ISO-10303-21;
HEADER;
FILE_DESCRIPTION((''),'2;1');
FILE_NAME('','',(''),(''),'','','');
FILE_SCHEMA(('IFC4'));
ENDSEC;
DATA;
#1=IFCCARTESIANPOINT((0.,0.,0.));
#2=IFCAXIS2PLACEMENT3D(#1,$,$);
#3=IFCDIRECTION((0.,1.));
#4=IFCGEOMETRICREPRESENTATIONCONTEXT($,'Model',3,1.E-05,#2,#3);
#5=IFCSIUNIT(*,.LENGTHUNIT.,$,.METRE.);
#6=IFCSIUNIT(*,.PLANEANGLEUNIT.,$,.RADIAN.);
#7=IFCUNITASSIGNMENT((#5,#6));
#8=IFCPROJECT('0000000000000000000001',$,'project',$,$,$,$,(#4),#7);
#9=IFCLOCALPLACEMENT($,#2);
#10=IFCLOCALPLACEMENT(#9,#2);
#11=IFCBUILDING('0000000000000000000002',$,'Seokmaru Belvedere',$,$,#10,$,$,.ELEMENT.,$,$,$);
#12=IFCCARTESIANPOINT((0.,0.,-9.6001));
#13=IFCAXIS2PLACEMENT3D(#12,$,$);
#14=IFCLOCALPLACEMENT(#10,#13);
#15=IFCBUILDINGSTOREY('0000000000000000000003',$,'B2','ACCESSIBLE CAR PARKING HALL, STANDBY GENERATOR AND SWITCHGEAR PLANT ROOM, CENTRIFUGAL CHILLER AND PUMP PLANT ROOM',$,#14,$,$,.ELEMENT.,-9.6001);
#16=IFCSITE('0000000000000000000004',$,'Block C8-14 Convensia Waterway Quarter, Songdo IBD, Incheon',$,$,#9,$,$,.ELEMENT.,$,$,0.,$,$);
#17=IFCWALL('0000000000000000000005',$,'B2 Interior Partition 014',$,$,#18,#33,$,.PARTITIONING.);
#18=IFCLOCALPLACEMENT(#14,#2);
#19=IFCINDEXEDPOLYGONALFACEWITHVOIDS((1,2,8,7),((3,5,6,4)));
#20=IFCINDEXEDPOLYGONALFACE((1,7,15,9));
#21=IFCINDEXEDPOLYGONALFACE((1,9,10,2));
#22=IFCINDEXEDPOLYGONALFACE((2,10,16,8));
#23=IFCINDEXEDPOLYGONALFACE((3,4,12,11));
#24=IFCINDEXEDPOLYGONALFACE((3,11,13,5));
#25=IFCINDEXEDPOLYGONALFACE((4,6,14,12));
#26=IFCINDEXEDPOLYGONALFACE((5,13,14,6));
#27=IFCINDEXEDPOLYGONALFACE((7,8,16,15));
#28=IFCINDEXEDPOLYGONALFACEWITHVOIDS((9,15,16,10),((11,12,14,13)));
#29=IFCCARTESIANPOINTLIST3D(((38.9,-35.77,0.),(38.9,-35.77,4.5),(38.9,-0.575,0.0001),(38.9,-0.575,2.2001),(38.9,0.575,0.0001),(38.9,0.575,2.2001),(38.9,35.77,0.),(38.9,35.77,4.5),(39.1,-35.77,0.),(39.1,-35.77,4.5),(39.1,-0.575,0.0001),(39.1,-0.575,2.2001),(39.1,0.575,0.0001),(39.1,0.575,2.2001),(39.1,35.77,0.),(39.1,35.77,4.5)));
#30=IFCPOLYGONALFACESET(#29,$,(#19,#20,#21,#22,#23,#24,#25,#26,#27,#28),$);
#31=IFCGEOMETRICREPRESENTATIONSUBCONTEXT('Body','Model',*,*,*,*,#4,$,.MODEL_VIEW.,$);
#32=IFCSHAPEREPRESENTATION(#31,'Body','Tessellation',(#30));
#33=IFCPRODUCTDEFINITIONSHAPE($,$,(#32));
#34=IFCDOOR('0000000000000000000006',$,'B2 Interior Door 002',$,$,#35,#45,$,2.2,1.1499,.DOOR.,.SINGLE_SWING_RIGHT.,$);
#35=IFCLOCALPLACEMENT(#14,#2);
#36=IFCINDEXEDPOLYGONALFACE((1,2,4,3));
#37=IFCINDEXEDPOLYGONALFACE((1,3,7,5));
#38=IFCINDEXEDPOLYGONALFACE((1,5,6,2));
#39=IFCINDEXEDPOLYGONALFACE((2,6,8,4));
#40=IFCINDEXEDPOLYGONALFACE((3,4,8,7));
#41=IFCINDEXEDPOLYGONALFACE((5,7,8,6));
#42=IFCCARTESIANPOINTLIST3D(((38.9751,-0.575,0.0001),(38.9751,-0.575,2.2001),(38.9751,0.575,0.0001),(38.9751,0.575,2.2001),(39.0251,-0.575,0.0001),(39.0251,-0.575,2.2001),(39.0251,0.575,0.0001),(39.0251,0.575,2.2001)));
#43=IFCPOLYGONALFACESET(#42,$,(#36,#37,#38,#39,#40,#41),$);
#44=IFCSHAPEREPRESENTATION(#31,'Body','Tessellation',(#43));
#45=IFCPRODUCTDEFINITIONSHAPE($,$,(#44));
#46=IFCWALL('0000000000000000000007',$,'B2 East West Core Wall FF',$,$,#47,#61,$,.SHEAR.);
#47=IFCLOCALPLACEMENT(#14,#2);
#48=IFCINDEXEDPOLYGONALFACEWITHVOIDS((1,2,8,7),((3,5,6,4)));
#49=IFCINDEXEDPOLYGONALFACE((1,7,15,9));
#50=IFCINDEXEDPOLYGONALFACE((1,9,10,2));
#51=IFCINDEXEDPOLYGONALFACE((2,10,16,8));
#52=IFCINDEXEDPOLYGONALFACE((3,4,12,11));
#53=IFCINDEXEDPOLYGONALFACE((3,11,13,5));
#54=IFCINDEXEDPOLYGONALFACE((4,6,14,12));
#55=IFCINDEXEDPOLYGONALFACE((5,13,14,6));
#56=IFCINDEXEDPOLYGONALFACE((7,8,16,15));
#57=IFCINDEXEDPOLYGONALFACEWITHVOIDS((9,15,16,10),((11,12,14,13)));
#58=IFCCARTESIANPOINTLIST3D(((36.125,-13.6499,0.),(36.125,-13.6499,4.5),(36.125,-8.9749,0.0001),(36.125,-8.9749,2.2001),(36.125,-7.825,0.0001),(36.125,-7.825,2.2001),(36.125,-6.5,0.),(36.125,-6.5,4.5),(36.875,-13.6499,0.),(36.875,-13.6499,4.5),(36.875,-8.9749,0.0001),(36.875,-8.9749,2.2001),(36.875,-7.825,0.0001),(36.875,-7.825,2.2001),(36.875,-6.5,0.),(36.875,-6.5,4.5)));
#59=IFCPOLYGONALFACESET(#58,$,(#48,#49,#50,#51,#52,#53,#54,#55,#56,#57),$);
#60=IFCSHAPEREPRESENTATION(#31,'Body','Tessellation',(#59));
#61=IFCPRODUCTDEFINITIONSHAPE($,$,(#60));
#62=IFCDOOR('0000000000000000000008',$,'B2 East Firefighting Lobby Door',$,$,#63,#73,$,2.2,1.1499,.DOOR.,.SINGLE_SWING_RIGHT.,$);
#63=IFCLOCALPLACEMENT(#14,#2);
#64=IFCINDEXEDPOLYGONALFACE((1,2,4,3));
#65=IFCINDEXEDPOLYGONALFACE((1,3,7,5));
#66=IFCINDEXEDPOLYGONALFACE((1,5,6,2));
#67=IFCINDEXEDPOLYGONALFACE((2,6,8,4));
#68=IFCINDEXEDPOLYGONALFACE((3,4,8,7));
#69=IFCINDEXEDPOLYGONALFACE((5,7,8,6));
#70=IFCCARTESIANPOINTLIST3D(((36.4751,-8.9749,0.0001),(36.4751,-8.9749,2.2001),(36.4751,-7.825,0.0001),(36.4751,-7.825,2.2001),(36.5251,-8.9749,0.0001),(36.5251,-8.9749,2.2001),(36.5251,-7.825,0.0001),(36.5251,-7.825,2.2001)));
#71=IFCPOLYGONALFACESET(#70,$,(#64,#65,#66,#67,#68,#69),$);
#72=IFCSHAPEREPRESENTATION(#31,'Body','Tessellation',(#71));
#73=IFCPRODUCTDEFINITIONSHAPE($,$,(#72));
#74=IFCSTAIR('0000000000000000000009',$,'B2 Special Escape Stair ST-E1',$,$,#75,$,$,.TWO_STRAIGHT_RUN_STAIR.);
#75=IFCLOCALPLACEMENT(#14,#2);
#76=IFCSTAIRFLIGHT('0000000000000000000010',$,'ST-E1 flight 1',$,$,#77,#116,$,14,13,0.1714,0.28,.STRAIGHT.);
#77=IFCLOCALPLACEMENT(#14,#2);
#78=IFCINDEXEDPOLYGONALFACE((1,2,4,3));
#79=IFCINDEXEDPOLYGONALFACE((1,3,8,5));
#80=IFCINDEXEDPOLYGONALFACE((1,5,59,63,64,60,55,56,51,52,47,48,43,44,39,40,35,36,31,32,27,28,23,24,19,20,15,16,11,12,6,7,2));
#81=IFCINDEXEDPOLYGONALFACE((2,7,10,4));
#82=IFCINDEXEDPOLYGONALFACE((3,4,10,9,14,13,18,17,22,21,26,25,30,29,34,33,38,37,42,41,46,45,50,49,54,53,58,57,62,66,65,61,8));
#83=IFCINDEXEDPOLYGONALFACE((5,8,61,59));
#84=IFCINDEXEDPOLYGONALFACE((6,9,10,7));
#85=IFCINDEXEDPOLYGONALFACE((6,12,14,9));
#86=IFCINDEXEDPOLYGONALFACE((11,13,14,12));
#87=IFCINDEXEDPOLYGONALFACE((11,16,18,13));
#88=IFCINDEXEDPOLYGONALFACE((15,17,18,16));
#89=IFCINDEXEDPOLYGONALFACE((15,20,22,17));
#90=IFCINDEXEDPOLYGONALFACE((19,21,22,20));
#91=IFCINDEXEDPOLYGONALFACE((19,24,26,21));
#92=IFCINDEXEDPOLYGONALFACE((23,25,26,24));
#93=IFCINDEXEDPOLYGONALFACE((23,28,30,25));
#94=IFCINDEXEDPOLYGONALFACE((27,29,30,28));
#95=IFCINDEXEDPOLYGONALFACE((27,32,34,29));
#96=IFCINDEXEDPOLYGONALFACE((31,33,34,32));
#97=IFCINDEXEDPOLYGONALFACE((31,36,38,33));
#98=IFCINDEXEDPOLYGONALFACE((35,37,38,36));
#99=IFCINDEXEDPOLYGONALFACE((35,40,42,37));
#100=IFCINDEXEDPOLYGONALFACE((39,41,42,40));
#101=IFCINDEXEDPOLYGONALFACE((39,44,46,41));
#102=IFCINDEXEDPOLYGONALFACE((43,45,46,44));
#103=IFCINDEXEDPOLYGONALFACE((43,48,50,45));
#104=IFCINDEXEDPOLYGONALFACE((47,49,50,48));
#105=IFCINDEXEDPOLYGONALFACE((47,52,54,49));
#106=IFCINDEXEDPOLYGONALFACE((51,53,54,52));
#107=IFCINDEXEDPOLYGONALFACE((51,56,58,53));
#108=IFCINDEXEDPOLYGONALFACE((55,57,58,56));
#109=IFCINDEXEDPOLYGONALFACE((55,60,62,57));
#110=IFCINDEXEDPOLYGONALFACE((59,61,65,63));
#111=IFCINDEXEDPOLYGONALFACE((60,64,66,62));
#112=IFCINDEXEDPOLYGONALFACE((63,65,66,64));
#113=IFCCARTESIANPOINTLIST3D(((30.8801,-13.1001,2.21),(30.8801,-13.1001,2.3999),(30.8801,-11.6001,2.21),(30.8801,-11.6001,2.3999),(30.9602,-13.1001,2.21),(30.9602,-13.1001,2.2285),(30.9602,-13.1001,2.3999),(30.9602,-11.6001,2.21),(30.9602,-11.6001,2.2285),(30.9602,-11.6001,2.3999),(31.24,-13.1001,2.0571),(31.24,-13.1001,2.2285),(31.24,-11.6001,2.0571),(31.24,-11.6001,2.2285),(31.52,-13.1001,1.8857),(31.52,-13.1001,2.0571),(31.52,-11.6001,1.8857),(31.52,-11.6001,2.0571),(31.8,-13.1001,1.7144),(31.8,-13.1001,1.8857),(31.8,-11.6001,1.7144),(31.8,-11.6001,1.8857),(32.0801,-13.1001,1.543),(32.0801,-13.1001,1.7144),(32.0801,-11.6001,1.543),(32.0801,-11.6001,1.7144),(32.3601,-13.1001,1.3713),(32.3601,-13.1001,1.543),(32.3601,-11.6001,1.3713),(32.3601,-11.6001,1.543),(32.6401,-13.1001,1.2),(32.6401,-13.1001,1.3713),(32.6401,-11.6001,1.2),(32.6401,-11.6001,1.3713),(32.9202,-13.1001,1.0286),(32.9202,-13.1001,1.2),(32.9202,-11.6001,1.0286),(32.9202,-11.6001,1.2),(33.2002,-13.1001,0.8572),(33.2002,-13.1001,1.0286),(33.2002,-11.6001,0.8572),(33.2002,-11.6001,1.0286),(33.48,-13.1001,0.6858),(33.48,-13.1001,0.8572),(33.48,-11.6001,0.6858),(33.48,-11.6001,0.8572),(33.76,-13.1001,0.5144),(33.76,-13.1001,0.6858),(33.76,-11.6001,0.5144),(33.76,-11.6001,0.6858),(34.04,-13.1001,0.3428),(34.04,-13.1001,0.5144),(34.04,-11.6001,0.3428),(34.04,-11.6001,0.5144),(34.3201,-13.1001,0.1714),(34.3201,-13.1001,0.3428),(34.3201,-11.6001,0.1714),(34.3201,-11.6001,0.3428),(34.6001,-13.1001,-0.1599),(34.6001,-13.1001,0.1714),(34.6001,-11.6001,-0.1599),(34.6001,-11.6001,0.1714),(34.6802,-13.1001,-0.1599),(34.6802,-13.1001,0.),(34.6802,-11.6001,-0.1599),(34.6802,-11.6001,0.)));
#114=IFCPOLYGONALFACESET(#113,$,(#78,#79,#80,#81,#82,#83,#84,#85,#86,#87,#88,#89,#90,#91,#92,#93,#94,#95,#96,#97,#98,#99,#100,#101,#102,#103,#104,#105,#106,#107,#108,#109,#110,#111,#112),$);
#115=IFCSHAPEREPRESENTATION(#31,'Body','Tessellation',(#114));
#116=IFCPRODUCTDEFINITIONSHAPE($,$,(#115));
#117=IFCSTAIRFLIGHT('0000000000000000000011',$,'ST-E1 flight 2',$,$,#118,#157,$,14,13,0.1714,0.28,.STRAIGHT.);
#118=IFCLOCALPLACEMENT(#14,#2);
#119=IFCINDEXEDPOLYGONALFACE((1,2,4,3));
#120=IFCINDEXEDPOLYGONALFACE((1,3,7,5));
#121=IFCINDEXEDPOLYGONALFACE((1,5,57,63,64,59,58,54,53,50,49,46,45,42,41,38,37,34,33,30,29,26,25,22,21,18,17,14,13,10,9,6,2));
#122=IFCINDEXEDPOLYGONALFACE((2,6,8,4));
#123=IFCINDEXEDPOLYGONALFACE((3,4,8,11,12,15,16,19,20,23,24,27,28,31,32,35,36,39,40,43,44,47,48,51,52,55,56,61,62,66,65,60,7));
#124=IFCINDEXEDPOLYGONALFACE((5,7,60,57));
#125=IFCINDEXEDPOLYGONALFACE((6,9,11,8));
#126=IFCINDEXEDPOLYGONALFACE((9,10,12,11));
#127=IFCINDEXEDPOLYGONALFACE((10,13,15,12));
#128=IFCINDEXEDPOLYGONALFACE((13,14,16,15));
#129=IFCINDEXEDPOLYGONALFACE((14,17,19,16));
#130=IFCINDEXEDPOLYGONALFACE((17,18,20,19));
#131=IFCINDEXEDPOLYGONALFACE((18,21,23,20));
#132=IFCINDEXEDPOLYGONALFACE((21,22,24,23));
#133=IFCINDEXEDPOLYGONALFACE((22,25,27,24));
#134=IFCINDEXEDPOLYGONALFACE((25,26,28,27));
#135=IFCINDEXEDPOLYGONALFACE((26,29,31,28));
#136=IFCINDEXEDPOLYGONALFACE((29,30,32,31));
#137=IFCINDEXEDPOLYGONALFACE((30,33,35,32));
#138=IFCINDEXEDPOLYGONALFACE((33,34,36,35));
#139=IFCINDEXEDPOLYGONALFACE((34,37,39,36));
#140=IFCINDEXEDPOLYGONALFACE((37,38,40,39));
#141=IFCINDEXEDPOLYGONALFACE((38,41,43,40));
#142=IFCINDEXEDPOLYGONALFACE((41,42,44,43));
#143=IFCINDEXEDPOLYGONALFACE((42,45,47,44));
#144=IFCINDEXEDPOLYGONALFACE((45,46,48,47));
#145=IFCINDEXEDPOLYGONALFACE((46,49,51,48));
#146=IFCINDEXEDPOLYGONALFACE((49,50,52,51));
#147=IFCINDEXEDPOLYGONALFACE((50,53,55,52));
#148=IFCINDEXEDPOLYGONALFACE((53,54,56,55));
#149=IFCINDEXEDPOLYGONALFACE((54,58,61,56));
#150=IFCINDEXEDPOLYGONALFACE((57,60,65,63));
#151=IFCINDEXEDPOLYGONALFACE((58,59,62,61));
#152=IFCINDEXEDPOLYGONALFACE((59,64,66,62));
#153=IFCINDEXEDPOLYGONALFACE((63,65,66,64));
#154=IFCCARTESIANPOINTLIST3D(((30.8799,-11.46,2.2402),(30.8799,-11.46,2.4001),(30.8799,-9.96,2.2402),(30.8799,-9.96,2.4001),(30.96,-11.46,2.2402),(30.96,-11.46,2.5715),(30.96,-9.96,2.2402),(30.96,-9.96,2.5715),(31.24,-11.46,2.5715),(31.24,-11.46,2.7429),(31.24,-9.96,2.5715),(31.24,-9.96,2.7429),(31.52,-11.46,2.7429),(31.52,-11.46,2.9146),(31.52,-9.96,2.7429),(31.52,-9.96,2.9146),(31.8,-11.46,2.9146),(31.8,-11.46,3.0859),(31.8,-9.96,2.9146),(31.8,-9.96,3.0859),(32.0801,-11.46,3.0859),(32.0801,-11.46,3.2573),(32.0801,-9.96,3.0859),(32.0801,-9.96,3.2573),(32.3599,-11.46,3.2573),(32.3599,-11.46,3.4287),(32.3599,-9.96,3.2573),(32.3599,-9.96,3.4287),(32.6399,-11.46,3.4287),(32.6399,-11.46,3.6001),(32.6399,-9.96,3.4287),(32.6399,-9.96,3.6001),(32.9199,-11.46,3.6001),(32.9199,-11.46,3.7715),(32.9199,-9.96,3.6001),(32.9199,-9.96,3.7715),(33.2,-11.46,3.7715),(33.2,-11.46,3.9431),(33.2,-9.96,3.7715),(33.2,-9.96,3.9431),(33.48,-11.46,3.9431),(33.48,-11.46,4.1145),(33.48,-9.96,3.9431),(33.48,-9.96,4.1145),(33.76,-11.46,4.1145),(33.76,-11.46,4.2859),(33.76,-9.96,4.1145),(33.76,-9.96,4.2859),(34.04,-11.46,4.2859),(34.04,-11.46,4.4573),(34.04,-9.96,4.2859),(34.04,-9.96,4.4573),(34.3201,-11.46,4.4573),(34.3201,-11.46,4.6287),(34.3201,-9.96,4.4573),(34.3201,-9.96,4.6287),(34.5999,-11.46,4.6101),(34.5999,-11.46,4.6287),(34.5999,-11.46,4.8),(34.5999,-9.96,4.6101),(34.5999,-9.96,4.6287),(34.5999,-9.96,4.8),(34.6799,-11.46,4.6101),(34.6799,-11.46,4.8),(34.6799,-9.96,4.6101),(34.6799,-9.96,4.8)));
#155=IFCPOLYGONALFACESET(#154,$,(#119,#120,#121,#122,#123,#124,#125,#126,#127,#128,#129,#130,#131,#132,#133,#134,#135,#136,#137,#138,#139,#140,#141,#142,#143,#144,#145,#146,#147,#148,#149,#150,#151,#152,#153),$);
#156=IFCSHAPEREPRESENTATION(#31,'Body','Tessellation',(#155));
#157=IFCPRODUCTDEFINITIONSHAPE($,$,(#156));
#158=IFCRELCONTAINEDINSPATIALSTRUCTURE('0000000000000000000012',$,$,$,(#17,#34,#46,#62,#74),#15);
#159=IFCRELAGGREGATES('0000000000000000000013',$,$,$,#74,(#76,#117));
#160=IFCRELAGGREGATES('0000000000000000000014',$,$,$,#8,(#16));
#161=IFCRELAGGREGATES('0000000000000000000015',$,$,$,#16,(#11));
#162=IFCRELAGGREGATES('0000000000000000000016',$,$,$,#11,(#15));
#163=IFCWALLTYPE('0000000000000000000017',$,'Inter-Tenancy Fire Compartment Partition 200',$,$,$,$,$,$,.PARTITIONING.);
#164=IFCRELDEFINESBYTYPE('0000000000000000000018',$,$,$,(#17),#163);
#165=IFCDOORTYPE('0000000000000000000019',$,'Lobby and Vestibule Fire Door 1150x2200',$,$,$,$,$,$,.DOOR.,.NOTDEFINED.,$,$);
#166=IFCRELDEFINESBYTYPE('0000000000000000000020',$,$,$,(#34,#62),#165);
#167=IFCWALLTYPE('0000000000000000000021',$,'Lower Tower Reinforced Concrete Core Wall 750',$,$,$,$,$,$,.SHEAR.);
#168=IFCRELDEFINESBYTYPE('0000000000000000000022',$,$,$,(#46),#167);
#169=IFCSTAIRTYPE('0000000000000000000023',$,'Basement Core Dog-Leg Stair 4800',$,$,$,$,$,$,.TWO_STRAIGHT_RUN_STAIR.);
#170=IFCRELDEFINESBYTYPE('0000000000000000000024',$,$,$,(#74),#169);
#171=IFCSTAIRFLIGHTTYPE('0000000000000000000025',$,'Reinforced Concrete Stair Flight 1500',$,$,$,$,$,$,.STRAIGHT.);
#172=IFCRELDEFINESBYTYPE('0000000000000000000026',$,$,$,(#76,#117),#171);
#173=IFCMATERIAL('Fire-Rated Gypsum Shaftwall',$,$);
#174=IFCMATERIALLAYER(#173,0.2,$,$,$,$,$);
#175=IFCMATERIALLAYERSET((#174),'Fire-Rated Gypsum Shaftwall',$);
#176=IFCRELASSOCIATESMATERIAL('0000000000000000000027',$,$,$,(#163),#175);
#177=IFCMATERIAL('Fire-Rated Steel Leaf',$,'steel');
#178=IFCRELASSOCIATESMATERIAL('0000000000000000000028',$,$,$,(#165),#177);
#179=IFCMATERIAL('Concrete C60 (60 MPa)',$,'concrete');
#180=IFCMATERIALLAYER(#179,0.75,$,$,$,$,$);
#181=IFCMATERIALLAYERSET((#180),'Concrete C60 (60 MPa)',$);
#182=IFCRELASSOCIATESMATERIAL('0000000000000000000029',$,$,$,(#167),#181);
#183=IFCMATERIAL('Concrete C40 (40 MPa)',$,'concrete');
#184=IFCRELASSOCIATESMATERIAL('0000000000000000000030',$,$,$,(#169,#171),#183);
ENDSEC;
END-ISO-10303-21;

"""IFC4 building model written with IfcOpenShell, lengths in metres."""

from ifc_helpers import new_model, si_unit, direction, frame, frame_2d, origin, place, context, subcontext, project, spatial, polyline, rectangle, outline, extrude, source, transform, mapped, material, layer, layer_set, type_object, type_shapes, element, fill, aggregate, save


model = new_model("IFC4")

# Units and contexts
model_context = context("Model", 3, precision=1e-05, world=origin(), true_north=direction((0.0, 1.0)))
body_context = subcontext(model_context, "Body", "Model", "MODEL_VIEW")
ifc_project = project(units=[si_unit("LENGTHUNIT", "METRE"), si_unit("PLANEANGLEUNIT", "RADIAN")], contexts=[model_context])

# Site, building, storey
site_placement = place(None, origin())
site = spatial("IfcSite", under=ifc_project, at=site_placement, Name="Block C8-14 Convensia Waterway Quarter, Songdo IBD, Incheon", CompositionType="ELEMENT", RefElevation=0.0)
building_placement = place(site_placement, origin())
building = spatial("IfcBuilding", under=site, at=building_placement, Name="Seokmaru Belvedere", CompositionType="ELEMENT")
storey_placement = place(building_placement, frame((0.0, 0.0, -9.6001)))
storey = spatial("IfcBuildingStorey", under=building, at=storey_placement, Name="B2", Description="ACCESSIBLE CAR PARKING HALL, STANDBY GENERATOR AND SWITCHGEAR PLANT ROOM, CENTRIFUGAL CHILLER AND PUMP PLANT ROOM", CompositionType="ELEMENT", Elevation=-9.6001)

# Shared definitions
ifc_material_1 = material(Name="Concrete C40 (40 MPa)", Category="concrete")

# Walls, openings, doors
ifc_material_2 = material(Name="Fire-Rated Gypsum Shaftwall")
ifc_layer_1 = layer(ifc_material_2, 0.2)
ifc_layer_set_1 = layer_set([ifc_layer_1], Name="Fire-Rated Gypsum Shaftwall")
wall_type_1 = type_object("IfcWallType", Name="Inter-Tenancy Fire Compartment Partition 200", PredefinedType="PARTITIONING", material=ifc_layer_set_1)
wall_1_placement = place(storey_placement, frame((39.0, -35.77, 0.0), z_axis=(0.0, 0.0, 1.0), x_axis=(0.0, 1.0, 0.0)))
wall_1 = element("IfcWall", 1, at=wall_1_placement, inside=storey, type_object=wall_type_1, Name="B2 Interior Partition 014", PredefinedType="PARTITIONING", context=body_context, shape_type="SweptSolid", body=[
    extrude(rectangle(XDim=71.54, YDim=0.2, at=frame_2d((35.77, 0.0))), origin(), (0.0, 0.0, 1.0), 4.5),
])
opening_1_placement = place(wall_1_placement, frame((35.1951, 0.0, 0.0)))
opening_1 = element("IfcOpeningElement", 2, at=opening_1_placement, cuts=wall_1, PredefinedType="OPENING", context=body_context, shape_type="SweptSolid", body=[
    extrude(rectangle(XDim=1.1499, YDim=2.2, at=frame_2d((0.575, 1.1001))), frame((0.0, 0.1099, 0.0), z_axis=(0.0, -1.0, 0.0), x_axis=(1.0, 0.0, 0.0)), (0.0, 0.0, 1.0), 0.22),
])
ifc_material_3 = material(Name="Fire-Rated Steel Leaf", Category="steel")
door_type = type_object("IfcDoorType", Name="Lobby and Vestibule Fire Door 1150x2200", OperationType="NOTDEFINED", PredefinedType="DOOR", material=ifc_material_3)
shared_shape_1 = source(origin(), body_context, "Body", "SweptSolid", [
    extrude(rectangle(XDim=1.1499, YDim=2.2, at=frame_2d((0.575, 1.1001))), frame((0.0, 0.0249, 0.0), z_axis=(0.0, -1.0, 0.0), x_axis=(1.0, 0.0, 0.0)), (0.0, 0.0, 1.0), 0.05),
])
type_shapes(door_type, [shared_shape_1])
door_1_placement = place(opening_1_placement, origin())
door_1 = element("IfcDoor", 3, at=door_1_placement, inside=storey, type_object=door_type, Name="B2 Interior Door 002", OperationType="SINGLE_SWING_RIGHT", OverallHeight=2.2, OverallWidth=1.1499, PredefinedType="DOOR", context=body_context, shape_type="MappedRepresentation", body=[
    mapped(shared_shape_1, transform((0.0, 0.0, 0.0), scale=1.0)),
])
fill(opening_1, door_1)
ifc_material_4 = material(Name="Concrete C60 (60 MPa)", Category="concrete")
ifc_layer_2 = layer(ifc_material_4, 0.75)
ifc_layer_set_2 = layer_set([ifc_layer_2], Name="Concrete C60 (60 MPa)")
wall_type_2 = type_object("IfcWallType", Name="Lower Tower Reinforced Concrete Core Wall 750", PredefinedType="SHEAR", material=ifc_layer_set_2)
wall_2_placement = place(storey_placement, frame((36.5, -13.6499, 0.0), z_axis=(0.0, 0.0, 1.0), x_axis=(0.0, 1.0, 0.0)))
wall_2 = element("IfcWall", 4, at=wall_2_placement, inside=storey, type_object=wall_type_2, Name="B2 East West Core Wall FF", PredefinedType="SHEAR", context=body_context, shape_type="SweptSolid", body=[
    extrude(rectangle(XDim=7.1499, YDim=0.75, at=frame_2d((3.575, 0.0))), origin(), (0.0, 0.0, 1.0), 4.5),
])
opening_2_placement = place(wall_2_placement, frame((4.675, 0.0, 0.0)))
opening_2 = element("IfcOpeningElement", 5, at=opening_2_placement, cuts=wall_2, PredefinedType="OPENING", context=body_context, shape_type="SweptSolid", body=[
    extrude(rectangle(XDim=1.1499, YDim=2.2, at=frame_2d((0.575, 1.1001))), frame((0.0, 0.385, 0.0), z_axis=(0.0, -1.0, 0.0), x_axis=(1.0, 0.0, 0.0)), (0.0, 0.0, 1.0), 0.77),
])
door_2_placement = place(opening_2_placement, origin())
door_2 = element("IfcDoor", 6, at=door_2_placement, inside=storey, type_object=door_type, Name="B2 East Firefighting Lobby Door", OperationType="SINGLE_SWING_RIGHT", OverallHeight=2.2, OverallWidth=1.1499, PredefinedType="DOOR", context=body_context, shape_type="MappedRepresentation", body=[
    mapped(shared_shape_1, transform((0.0, 0.0, 0.0), scale=1.0)),
])
fill(opening_2, door_2)

# Stair, stair flights
stair_type = type_object("IfcStairType", Name="Basement Core Dog-Leg Stair 4800", PredefinedType="TWO_STRAIGHT_RUN_STAIR", material=ifc_material_1)
stair_placement = place(storey_placement, origin())
stair = element("IfcStair", 7, at=stair_placement, inside=storey, type_object=stair_type, Name="B2 Special Escape Stair ST-E1", PredefinedType="TWO_STRAIGHT_RUN_STAIR")
stair_flight_type = type_object("IfcStairFlightType", Name="Reinforced Concrete Stair Flight 1500", PredefinedType="STRAIGHT", material=ifc_material_1)
stair_flight_1_placement = place(storey_placement, frame((34.6001, -12.3501, 0.0), z_axis=(0.0, 0.0, 1.0), x_axis=(-1.0, 0.0, 0.0)))
stair_flight_1 = element("IfcStairFlight", 8, at=stair_flight_1_placement, type_object=stair_flight_type, Name="ST-E1 flight 1", NumberOfRisers=14, NumberOfTreads=13, PredefinedType="STRAIGHT", RiserHeight=0.1714, TreadLength=0.28, context=body_context, shape_type="SweptSolid", body=[
    extrude(outline(polyline([(-0.0801, 0.0), (0.0, 0.1714), (0.28, 0.1714), (0.28, 0.3428), (0.5601, 0.3428), (0.5601, 0.5144), (0.8401, 0.5144), (0.8401, 0.6858), (1.1201, 0.6858), (1.1201, 0.8572), (1.3999, 0.8572), (1.3999, 1.0286), (1.6799, 1.0286), (1.6799, 1.2), (1.96, 1.2), (1.96, 1.3713), (2.24, 1.3713), (2.24, 1.543), (2.52, 1.543), (2.52, 1.7144), (2.8, 1.7144), (2.8, 1.8857), (3.0801, 1.8857), (3.0801, 2.0571), (3.3601, 2.0571), (3.3601, 2.2285), (3.6399, 2.2285), (3.6399, 2.3999), (3.72, 2.3999), (3.72, 2.21), (3.6399, 2.21), (0.0, -0.1599), (-0.0801, -0.1599), (-0.0801, 0.0)])), frame((0.0, 0.75, 0.0), z_axis=(0.0, -1.0, 0.0), x_axis=(1.0, 0.0, 0.0)), (0.0, 0.0, 1.0), 1.5),
])
stair_flight_2_placement = place(storey_placement, frame((30.96, -10.71, 2.4001), z_axis=(0.0, 0.0, 1.0), x_axis=(1.0, 0.0, 0.0)))
stair_flight_2 = element("IfcStairFlight", 9, at=stair_flight_2_placement, type_object=stair_flight_type, Name="ST-E1 flight 2", NumberOfRisers=14, NumberOfTreads=13, PredefinedType="STRAIGHT", RiserHeight=0.1714, TreadLength=0.28, context=body_context, shape_type="SweptSolid", body=[
    extrude(outline(polyline([(-0.0801, 0.0), (0.0, 0.1714), (0.28, 0.1714), (0.28, 0.3428), (0.5601, 0.3428), (0.5601, 0.5144), (0.8401, 0.5144), (0.8401, 0.6858), (1.1201, 0.6858), (1.1201, 0.8572), (1.3999, 0.8572), (1.3999, 1.0286), (1.6799, 1.0286), (1.6799, 1.2), (1.96, 1.2), (1.96, 1.3713), (2.24, 1.3713), (2.24, 1.543), (2.52, 1.543), (2.52, 1.7144), (2.8, 1.7144), (2.8, 1.8857), (3.0801, 1.8857), (3.0801, 2.0571), (3.3601, 2.0571), (3.3601, 2.2285), (3.6399, 2.2285), (3.6399, 2.3999), (3.72, 2.3999), (3.72, 2.21), (3.6399, 2.21), (0.0, -0.1599), (-0.0801, -0.1599), (-0.0801, 0.0)])), frame((0.0, 0.75, 0.0), z_axis=(0.0, -1.0, 0.0), x_axis=(1.0, 0.0, 0.0)), (0.0, 0.0, 1.0), 1.5),
])
aggregate(stair, [stair_flight_1, stair_flight_2])

save(model, "model.ifc")
